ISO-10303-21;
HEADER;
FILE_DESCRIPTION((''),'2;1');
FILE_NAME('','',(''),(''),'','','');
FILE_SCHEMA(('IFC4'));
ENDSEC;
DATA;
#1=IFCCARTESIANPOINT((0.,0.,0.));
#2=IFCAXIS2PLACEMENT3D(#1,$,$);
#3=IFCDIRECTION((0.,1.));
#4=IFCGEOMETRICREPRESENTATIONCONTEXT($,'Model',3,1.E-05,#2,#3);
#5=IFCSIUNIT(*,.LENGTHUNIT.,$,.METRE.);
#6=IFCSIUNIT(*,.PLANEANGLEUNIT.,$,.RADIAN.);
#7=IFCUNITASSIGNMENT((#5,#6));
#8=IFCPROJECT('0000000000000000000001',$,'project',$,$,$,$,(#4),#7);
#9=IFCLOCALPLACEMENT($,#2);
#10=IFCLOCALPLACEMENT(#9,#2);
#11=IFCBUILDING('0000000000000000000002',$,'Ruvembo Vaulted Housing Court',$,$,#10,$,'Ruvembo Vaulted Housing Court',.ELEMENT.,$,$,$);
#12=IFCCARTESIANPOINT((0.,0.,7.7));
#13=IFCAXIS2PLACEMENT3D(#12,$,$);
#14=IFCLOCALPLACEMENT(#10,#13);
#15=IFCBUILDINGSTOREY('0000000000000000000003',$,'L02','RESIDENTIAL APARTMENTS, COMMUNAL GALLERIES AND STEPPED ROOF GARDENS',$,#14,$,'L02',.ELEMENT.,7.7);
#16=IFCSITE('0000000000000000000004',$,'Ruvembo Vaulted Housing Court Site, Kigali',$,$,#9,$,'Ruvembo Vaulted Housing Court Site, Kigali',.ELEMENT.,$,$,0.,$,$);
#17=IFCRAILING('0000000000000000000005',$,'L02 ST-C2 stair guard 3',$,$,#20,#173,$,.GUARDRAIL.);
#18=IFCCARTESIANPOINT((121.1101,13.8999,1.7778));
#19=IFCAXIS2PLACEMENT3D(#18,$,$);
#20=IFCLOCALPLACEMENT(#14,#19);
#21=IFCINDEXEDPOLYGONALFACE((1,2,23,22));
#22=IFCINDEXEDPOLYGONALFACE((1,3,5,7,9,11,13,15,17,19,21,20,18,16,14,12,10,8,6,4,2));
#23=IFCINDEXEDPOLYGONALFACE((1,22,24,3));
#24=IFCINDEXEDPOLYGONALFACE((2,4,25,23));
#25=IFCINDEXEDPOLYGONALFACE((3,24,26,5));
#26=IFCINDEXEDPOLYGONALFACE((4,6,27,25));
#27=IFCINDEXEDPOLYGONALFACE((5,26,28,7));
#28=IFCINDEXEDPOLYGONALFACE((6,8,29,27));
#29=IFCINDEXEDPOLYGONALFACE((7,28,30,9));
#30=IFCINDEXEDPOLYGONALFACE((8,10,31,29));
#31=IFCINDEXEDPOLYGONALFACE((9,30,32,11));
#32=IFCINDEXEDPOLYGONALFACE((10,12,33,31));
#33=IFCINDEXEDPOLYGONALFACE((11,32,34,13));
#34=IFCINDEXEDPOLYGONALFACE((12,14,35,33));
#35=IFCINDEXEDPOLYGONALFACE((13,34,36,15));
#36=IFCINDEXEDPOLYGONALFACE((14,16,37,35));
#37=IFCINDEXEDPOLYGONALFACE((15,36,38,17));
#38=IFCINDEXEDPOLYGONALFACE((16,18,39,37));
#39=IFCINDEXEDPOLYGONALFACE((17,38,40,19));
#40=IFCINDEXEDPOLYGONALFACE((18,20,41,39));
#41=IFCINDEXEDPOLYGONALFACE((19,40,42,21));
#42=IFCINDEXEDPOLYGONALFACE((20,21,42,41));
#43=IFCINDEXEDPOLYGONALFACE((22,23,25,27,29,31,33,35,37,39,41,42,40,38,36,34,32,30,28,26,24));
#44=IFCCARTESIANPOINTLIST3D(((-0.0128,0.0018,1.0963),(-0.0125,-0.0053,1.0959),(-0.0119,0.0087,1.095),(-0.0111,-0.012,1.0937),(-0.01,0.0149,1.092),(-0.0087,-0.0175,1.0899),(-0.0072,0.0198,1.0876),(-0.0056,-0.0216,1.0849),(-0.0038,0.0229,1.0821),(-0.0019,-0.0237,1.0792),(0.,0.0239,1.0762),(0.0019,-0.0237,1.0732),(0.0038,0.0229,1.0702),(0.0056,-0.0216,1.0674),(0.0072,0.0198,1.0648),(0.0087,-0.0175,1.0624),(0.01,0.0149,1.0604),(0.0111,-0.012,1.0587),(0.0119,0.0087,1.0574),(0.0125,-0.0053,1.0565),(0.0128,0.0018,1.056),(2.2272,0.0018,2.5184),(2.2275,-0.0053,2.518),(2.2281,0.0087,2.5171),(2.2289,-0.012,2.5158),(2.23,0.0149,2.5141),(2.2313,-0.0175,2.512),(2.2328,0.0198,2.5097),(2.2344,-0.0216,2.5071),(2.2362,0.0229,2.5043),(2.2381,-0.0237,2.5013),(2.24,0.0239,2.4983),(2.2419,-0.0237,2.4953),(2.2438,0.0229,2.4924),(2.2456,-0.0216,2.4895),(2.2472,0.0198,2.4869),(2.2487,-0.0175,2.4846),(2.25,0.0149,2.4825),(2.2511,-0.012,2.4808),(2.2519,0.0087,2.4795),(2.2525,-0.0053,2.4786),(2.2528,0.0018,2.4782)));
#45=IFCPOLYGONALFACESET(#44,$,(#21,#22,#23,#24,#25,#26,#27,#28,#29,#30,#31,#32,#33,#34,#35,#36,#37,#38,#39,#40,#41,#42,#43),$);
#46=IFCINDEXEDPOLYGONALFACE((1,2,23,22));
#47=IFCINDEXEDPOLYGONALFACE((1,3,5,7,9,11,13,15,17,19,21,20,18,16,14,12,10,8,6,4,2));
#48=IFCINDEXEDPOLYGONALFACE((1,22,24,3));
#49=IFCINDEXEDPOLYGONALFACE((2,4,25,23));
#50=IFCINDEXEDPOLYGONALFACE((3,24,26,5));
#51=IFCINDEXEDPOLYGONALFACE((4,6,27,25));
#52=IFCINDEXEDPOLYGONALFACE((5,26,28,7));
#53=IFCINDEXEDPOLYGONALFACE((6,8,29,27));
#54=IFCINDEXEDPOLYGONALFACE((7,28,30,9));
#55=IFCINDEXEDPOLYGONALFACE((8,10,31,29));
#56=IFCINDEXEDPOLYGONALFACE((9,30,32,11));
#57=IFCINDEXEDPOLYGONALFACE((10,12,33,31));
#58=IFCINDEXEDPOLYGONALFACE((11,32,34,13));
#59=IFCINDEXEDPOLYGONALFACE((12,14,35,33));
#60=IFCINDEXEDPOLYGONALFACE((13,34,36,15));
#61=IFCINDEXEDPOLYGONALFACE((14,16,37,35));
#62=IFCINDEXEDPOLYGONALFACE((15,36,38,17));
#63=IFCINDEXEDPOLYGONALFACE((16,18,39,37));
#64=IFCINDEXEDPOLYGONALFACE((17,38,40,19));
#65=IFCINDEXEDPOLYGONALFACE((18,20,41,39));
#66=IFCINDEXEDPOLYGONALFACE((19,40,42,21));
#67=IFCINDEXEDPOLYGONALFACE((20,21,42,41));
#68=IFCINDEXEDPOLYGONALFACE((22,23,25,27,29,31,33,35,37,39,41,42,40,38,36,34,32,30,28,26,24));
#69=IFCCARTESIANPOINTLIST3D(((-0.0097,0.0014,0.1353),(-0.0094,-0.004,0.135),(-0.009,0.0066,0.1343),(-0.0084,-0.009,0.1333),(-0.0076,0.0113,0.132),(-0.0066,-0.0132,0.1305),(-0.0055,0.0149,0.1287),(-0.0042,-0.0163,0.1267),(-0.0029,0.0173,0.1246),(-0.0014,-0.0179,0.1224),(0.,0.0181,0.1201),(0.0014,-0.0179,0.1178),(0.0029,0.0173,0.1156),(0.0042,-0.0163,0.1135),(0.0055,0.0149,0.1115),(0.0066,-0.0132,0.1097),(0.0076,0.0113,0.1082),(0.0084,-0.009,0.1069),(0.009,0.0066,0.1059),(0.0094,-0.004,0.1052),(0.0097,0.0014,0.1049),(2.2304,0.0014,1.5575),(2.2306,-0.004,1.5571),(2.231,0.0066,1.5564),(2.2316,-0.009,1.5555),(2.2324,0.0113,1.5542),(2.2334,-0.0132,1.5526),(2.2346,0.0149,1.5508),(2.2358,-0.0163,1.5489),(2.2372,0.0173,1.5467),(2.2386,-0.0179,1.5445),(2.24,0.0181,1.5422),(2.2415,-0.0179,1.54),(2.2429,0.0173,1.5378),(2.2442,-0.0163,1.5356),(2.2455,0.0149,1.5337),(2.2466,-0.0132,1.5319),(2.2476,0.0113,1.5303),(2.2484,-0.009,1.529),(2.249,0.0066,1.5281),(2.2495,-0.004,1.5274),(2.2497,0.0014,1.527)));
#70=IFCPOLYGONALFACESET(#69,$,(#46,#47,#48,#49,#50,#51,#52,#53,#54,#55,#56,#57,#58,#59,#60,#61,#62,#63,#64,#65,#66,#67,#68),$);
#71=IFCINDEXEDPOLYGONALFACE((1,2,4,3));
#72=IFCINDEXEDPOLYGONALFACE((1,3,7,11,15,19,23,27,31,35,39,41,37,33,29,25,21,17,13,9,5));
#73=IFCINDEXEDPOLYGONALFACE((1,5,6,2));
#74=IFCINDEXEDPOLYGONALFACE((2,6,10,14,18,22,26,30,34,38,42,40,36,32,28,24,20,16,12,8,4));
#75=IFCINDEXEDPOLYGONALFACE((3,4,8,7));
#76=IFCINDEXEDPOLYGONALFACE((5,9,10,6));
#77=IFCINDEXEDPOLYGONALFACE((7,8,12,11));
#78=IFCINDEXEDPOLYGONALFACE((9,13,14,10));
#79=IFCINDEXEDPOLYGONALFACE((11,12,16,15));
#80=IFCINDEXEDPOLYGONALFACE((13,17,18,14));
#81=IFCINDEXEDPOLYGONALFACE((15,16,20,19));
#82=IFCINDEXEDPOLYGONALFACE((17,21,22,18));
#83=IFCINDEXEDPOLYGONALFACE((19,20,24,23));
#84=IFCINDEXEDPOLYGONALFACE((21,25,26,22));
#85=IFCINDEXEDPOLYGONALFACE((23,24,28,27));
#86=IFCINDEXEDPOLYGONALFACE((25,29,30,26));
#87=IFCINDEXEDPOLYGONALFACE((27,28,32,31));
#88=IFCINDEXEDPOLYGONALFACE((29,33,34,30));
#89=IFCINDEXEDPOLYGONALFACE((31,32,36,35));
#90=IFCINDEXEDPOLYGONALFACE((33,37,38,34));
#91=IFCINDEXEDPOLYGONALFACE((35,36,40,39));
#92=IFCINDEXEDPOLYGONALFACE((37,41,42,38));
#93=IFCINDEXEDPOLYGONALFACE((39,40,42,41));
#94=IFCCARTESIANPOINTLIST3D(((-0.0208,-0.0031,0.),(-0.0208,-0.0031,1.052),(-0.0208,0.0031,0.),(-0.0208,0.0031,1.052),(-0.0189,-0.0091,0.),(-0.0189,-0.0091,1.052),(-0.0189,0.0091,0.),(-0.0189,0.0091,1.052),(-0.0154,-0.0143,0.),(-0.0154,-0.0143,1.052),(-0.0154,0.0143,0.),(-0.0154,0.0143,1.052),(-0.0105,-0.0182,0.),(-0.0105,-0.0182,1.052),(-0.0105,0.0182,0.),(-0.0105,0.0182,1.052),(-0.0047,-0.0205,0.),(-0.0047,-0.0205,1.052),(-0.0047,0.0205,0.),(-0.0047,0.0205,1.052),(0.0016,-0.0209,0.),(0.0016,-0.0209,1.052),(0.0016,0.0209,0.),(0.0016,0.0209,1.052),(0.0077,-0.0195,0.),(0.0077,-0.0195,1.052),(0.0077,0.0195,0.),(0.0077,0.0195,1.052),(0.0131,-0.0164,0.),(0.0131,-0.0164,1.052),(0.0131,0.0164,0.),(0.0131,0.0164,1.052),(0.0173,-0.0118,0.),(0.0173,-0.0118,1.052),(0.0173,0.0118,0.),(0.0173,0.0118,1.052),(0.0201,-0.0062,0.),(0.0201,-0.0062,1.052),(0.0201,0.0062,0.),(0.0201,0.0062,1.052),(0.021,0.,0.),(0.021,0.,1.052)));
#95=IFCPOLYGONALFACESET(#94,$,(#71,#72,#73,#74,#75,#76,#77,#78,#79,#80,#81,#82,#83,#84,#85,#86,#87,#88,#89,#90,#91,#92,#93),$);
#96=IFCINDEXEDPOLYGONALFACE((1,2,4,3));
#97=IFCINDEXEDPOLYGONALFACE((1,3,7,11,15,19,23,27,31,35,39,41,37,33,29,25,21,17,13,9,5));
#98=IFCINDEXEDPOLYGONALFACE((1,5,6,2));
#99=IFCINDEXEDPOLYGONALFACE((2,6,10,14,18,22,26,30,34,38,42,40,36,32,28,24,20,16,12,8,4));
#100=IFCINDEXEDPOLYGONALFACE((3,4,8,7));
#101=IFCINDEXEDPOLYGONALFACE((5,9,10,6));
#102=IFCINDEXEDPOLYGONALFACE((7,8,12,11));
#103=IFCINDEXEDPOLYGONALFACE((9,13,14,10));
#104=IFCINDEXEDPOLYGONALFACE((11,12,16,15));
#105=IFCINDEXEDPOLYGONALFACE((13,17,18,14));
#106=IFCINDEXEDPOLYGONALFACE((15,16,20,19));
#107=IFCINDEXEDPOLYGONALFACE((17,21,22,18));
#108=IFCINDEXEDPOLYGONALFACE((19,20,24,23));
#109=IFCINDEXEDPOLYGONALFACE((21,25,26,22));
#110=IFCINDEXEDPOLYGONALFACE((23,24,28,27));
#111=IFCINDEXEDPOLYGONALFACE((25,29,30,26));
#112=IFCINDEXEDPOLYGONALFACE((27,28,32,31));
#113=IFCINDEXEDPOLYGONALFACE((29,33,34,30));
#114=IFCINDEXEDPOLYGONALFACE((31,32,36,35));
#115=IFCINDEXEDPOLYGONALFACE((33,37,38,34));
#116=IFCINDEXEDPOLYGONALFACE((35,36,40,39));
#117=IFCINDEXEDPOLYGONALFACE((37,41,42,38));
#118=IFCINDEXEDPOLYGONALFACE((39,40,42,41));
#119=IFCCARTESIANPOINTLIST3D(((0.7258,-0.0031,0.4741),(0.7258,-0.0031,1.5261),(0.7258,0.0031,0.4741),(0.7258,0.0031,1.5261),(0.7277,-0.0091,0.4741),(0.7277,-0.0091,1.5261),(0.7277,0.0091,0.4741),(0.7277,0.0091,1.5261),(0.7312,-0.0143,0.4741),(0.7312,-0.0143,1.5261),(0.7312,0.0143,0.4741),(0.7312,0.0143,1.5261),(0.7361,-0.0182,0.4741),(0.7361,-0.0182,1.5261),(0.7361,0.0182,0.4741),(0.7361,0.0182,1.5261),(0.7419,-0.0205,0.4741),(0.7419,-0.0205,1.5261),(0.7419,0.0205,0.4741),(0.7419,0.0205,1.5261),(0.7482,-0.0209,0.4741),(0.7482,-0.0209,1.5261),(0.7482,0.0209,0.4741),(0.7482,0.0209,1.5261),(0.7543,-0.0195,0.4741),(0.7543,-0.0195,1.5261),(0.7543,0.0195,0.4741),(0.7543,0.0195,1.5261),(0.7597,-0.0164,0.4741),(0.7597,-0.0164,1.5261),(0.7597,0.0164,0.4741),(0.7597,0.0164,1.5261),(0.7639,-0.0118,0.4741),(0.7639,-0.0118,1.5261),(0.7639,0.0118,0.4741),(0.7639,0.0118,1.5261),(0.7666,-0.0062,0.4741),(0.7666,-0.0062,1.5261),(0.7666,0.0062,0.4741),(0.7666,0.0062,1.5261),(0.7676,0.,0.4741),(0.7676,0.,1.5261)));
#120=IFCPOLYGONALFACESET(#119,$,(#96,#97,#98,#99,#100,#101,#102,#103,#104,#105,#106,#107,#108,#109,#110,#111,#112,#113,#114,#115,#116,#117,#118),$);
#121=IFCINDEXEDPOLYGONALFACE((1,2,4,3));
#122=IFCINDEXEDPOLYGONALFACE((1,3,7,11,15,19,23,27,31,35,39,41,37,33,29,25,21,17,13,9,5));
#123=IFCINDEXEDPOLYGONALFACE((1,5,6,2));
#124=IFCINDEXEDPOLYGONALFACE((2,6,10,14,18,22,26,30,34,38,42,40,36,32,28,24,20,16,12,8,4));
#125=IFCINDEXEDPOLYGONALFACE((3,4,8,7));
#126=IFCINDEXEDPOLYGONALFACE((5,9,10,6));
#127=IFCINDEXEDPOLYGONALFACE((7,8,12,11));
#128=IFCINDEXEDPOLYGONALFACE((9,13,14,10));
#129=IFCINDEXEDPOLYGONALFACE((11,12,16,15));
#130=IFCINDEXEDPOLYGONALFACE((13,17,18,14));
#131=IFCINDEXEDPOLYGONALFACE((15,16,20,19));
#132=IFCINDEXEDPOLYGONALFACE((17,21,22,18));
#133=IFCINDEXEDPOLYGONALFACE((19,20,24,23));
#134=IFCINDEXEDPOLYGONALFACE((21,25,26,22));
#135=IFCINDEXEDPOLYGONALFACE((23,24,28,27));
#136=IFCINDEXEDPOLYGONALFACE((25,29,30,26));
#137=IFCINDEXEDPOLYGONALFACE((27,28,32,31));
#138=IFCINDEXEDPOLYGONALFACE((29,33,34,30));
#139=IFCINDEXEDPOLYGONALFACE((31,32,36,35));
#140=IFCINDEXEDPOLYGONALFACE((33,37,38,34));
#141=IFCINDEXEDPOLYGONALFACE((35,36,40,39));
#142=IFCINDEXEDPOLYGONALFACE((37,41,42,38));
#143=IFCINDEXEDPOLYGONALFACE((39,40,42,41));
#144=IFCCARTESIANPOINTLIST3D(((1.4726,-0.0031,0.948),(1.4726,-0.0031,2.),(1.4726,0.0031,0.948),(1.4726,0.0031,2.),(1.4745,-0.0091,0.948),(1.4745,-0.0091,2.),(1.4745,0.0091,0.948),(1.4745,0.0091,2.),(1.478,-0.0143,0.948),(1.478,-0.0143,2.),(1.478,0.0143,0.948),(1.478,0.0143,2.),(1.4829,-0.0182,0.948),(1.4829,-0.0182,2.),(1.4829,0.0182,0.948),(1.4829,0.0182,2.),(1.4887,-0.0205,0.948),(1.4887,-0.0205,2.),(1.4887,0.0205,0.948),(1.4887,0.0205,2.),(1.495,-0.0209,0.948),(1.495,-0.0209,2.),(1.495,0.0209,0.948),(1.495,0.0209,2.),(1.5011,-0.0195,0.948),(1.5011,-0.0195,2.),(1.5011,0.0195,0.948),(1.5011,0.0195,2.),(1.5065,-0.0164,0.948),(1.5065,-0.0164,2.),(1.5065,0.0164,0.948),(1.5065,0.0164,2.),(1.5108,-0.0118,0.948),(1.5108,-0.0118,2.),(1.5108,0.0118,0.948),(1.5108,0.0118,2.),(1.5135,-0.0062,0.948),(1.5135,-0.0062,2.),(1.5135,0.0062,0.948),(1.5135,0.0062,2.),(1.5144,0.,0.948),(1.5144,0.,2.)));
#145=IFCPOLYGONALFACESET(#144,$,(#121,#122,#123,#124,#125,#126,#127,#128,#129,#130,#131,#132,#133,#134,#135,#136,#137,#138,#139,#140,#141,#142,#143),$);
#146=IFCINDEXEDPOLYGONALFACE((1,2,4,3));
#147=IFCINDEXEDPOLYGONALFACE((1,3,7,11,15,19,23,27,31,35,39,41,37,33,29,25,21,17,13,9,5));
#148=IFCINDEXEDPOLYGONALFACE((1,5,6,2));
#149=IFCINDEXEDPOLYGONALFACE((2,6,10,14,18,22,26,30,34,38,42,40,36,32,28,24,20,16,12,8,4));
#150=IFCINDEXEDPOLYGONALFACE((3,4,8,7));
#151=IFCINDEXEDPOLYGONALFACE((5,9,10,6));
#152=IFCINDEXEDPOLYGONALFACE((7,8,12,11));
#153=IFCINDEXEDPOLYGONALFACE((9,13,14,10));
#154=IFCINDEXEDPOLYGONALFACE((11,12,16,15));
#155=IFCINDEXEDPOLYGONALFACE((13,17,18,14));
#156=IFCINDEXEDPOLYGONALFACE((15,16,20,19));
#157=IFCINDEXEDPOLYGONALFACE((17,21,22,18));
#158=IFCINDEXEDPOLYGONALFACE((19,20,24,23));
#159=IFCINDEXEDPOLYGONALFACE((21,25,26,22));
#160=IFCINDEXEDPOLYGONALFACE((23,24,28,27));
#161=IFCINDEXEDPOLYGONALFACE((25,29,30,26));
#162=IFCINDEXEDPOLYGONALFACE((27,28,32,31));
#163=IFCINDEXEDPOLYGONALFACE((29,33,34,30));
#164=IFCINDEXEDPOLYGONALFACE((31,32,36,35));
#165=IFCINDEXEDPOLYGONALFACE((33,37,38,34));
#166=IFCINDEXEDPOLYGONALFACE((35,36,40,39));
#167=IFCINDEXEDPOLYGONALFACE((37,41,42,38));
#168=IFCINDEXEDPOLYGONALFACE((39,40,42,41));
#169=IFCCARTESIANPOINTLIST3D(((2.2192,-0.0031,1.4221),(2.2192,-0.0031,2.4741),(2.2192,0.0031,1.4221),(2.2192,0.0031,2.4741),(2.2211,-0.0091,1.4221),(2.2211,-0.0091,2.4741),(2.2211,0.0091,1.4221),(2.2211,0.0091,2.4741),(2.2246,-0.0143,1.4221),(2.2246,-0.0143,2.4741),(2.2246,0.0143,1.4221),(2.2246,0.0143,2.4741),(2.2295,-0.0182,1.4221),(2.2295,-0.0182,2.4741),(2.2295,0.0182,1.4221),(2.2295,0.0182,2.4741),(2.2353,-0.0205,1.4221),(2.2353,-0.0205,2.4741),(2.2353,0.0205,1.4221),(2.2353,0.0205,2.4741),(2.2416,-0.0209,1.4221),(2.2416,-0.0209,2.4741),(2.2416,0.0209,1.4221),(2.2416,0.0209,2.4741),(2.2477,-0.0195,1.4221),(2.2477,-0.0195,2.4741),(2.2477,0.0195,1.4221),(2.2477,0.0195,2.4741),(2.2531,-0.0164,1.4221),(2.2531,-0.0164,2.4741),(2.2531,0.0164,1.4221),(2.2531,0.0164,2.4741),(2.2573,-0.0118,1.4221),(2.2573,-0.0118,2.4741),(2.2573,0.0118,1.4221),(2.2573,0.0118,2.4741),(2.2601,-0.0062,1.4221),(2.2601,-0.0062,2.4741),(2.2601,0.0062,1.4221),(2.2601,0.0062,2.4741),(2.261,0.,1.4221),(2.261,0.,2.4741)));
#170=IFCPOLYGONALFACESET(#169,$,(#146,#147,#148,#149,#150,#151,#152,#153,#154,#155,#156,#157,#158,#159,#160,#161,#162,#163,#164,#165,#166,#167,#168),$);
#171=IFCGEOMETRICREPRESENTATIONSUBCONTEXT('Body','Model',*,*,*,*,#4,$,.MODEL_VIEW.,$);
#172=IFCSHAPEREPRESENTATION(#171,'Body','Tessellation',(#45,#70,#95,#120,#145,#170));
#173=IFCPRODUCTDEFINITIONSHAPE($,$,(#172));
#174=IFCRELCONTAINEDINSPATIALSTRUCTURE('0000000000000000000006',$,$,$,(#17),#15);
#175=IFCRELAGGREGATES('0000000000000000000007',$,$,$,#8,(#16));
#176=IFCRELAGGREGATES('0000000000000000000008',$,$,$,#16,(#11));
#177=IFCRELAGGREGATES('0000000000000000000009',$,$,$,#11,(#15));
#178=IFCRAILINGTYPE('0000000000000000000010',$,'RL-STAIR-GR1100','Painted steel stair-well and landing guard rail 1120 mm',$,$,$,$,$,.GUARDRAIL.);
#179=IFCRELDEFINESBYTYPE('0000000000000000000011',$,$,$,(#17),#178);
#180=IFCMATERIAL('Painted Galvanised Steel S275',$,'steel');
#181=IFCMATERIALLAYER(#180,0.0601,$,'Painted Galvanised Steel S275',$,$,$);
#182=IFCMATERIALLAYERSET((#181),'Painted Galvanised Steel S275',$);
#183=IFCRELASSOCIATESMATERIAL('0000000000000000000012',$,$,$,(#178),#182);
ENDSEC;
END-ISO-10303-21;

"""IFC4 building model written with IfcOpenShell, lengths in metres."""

from ifc_helpers import new_model, si_unit, direction, frame, origin, origin_2d, place, context, subcontext, project, spatial, circle, extrude, material, layer, layer_set, type_object, element, save


model = new_model("IFC4")

# Units and contexts
model_context = context("Model", 3, precision=1e-05, world=origin(), true_north=direction((0.0, 1.0)))
body_context = subcontext(model_context, "Body", "Model", "MODEL_VIEW")
ifc_project = project(units=[si_unit("LENGTHUNIT", "METRE"), si_unit("PLANEANGLEUNIT", "RADIAN")], contexts=[model_context])

# Site, building, storey
site_placement = place(None, origin())
site = spatial("IfcSite", under=ifc_project, at=site_placement, Name="Ruvembo Vaulted Housing Court Site, Kigali", LongName="Ruvembo Vaulted Housing Court Site, Kigali", CompositionType="ELEMENT", RefElevation=0.0)
building_placement = place(site_placement, origin())
building = spatial("IfcBuilding", under=site, at=building_placement, Name="Ruvembo Vaulted Housing Court", LongName="Ruvembo Vaulted Housing Court", CompositionType="ELEMENT")
storey_placement = place(building_placement, frame((0.0, 0.0, 7.7)))
storey = spatial("IfcBuildingStorey", under=building, at=storey_placement, Name="L02", Description="RESIDENTIAL APARTMENTS, COMMUNAL GALLERIES AND STEPPED ROOF GARDENS", LongName="L02", CompositionType="ELEMENT", Elevation=7.7)

# Railing
ifc_material_1 = material(Name="Painted Galvanised Steel S275", Category="steel")
ifc_layer_1 = layer(ifc_material_1, 0.0601, Name="Painted Galvanised Steel S275")
ifc_layer_set_1 = layer_set([ifc_layer_1], Name="Painted Galvanised Steel S275")
railing_type_1 = type_object("IfcRailingType", Name="RL-STAIR-GR1100", Description="Painted steel stair-well and landing guard rail 1120 mm", PredefinedType="GUARDRAIL", material=ifc_layer_set_1)
railing_1_placement = place(storey_placement, frame((121.1101, 13.8999, 1.7778)))
element("IfcRailing", 1, at=railing_1_placement, inside=storey, type_object=railing_type_1, Name="L02 ST-C2 stair guard 3", PredefinedType="GUARDRAIL", context=body_context, shape_type="SweptSolid", body=[
    extrude(circle(Radius=0.0239, at=origin_2d()), frame((0.0, 0.0, 1.0762), z_axis=(0.844229, 0.0, 0.535982), x_axis=(0.0, 1.0, 0.0)), (0.0, 0.0, 1.0), 2.6533),
    extrude(circle(Radius=0.0181, at=origin_2d()), frame((0.0, 0.0, 0.1201), z_axis=(0.844229, 0.0, 0.535982), x_axis=(0.0, 1.0, 0.0)), (0.0, 0.0, 1.0), 2.6533),
    extrude(circle(Radius=0.021, at=origin_2d()), origin(), (0.0, 0.0, 1.0), 1.052),
    extrude(circle(Radius=0.021, at=origin_2d()), frame((0.7466, 0.0, 0.4741)), (0.0, 0.0, 1.0), 1.052),
    extrude(circle(Radius=0.021, at=origin_2d()), frame((1.4934, 0.0, 0.948)), (0.0, 0.0, 1.0), 1.052),
    extrude(circle(Radius=0.021, at=origin_2d()), frame((2.24, 0.0, 1.4221)), (0.0, 0.0, 1.0), 1.052),
])

save(model, "model.ifc")
